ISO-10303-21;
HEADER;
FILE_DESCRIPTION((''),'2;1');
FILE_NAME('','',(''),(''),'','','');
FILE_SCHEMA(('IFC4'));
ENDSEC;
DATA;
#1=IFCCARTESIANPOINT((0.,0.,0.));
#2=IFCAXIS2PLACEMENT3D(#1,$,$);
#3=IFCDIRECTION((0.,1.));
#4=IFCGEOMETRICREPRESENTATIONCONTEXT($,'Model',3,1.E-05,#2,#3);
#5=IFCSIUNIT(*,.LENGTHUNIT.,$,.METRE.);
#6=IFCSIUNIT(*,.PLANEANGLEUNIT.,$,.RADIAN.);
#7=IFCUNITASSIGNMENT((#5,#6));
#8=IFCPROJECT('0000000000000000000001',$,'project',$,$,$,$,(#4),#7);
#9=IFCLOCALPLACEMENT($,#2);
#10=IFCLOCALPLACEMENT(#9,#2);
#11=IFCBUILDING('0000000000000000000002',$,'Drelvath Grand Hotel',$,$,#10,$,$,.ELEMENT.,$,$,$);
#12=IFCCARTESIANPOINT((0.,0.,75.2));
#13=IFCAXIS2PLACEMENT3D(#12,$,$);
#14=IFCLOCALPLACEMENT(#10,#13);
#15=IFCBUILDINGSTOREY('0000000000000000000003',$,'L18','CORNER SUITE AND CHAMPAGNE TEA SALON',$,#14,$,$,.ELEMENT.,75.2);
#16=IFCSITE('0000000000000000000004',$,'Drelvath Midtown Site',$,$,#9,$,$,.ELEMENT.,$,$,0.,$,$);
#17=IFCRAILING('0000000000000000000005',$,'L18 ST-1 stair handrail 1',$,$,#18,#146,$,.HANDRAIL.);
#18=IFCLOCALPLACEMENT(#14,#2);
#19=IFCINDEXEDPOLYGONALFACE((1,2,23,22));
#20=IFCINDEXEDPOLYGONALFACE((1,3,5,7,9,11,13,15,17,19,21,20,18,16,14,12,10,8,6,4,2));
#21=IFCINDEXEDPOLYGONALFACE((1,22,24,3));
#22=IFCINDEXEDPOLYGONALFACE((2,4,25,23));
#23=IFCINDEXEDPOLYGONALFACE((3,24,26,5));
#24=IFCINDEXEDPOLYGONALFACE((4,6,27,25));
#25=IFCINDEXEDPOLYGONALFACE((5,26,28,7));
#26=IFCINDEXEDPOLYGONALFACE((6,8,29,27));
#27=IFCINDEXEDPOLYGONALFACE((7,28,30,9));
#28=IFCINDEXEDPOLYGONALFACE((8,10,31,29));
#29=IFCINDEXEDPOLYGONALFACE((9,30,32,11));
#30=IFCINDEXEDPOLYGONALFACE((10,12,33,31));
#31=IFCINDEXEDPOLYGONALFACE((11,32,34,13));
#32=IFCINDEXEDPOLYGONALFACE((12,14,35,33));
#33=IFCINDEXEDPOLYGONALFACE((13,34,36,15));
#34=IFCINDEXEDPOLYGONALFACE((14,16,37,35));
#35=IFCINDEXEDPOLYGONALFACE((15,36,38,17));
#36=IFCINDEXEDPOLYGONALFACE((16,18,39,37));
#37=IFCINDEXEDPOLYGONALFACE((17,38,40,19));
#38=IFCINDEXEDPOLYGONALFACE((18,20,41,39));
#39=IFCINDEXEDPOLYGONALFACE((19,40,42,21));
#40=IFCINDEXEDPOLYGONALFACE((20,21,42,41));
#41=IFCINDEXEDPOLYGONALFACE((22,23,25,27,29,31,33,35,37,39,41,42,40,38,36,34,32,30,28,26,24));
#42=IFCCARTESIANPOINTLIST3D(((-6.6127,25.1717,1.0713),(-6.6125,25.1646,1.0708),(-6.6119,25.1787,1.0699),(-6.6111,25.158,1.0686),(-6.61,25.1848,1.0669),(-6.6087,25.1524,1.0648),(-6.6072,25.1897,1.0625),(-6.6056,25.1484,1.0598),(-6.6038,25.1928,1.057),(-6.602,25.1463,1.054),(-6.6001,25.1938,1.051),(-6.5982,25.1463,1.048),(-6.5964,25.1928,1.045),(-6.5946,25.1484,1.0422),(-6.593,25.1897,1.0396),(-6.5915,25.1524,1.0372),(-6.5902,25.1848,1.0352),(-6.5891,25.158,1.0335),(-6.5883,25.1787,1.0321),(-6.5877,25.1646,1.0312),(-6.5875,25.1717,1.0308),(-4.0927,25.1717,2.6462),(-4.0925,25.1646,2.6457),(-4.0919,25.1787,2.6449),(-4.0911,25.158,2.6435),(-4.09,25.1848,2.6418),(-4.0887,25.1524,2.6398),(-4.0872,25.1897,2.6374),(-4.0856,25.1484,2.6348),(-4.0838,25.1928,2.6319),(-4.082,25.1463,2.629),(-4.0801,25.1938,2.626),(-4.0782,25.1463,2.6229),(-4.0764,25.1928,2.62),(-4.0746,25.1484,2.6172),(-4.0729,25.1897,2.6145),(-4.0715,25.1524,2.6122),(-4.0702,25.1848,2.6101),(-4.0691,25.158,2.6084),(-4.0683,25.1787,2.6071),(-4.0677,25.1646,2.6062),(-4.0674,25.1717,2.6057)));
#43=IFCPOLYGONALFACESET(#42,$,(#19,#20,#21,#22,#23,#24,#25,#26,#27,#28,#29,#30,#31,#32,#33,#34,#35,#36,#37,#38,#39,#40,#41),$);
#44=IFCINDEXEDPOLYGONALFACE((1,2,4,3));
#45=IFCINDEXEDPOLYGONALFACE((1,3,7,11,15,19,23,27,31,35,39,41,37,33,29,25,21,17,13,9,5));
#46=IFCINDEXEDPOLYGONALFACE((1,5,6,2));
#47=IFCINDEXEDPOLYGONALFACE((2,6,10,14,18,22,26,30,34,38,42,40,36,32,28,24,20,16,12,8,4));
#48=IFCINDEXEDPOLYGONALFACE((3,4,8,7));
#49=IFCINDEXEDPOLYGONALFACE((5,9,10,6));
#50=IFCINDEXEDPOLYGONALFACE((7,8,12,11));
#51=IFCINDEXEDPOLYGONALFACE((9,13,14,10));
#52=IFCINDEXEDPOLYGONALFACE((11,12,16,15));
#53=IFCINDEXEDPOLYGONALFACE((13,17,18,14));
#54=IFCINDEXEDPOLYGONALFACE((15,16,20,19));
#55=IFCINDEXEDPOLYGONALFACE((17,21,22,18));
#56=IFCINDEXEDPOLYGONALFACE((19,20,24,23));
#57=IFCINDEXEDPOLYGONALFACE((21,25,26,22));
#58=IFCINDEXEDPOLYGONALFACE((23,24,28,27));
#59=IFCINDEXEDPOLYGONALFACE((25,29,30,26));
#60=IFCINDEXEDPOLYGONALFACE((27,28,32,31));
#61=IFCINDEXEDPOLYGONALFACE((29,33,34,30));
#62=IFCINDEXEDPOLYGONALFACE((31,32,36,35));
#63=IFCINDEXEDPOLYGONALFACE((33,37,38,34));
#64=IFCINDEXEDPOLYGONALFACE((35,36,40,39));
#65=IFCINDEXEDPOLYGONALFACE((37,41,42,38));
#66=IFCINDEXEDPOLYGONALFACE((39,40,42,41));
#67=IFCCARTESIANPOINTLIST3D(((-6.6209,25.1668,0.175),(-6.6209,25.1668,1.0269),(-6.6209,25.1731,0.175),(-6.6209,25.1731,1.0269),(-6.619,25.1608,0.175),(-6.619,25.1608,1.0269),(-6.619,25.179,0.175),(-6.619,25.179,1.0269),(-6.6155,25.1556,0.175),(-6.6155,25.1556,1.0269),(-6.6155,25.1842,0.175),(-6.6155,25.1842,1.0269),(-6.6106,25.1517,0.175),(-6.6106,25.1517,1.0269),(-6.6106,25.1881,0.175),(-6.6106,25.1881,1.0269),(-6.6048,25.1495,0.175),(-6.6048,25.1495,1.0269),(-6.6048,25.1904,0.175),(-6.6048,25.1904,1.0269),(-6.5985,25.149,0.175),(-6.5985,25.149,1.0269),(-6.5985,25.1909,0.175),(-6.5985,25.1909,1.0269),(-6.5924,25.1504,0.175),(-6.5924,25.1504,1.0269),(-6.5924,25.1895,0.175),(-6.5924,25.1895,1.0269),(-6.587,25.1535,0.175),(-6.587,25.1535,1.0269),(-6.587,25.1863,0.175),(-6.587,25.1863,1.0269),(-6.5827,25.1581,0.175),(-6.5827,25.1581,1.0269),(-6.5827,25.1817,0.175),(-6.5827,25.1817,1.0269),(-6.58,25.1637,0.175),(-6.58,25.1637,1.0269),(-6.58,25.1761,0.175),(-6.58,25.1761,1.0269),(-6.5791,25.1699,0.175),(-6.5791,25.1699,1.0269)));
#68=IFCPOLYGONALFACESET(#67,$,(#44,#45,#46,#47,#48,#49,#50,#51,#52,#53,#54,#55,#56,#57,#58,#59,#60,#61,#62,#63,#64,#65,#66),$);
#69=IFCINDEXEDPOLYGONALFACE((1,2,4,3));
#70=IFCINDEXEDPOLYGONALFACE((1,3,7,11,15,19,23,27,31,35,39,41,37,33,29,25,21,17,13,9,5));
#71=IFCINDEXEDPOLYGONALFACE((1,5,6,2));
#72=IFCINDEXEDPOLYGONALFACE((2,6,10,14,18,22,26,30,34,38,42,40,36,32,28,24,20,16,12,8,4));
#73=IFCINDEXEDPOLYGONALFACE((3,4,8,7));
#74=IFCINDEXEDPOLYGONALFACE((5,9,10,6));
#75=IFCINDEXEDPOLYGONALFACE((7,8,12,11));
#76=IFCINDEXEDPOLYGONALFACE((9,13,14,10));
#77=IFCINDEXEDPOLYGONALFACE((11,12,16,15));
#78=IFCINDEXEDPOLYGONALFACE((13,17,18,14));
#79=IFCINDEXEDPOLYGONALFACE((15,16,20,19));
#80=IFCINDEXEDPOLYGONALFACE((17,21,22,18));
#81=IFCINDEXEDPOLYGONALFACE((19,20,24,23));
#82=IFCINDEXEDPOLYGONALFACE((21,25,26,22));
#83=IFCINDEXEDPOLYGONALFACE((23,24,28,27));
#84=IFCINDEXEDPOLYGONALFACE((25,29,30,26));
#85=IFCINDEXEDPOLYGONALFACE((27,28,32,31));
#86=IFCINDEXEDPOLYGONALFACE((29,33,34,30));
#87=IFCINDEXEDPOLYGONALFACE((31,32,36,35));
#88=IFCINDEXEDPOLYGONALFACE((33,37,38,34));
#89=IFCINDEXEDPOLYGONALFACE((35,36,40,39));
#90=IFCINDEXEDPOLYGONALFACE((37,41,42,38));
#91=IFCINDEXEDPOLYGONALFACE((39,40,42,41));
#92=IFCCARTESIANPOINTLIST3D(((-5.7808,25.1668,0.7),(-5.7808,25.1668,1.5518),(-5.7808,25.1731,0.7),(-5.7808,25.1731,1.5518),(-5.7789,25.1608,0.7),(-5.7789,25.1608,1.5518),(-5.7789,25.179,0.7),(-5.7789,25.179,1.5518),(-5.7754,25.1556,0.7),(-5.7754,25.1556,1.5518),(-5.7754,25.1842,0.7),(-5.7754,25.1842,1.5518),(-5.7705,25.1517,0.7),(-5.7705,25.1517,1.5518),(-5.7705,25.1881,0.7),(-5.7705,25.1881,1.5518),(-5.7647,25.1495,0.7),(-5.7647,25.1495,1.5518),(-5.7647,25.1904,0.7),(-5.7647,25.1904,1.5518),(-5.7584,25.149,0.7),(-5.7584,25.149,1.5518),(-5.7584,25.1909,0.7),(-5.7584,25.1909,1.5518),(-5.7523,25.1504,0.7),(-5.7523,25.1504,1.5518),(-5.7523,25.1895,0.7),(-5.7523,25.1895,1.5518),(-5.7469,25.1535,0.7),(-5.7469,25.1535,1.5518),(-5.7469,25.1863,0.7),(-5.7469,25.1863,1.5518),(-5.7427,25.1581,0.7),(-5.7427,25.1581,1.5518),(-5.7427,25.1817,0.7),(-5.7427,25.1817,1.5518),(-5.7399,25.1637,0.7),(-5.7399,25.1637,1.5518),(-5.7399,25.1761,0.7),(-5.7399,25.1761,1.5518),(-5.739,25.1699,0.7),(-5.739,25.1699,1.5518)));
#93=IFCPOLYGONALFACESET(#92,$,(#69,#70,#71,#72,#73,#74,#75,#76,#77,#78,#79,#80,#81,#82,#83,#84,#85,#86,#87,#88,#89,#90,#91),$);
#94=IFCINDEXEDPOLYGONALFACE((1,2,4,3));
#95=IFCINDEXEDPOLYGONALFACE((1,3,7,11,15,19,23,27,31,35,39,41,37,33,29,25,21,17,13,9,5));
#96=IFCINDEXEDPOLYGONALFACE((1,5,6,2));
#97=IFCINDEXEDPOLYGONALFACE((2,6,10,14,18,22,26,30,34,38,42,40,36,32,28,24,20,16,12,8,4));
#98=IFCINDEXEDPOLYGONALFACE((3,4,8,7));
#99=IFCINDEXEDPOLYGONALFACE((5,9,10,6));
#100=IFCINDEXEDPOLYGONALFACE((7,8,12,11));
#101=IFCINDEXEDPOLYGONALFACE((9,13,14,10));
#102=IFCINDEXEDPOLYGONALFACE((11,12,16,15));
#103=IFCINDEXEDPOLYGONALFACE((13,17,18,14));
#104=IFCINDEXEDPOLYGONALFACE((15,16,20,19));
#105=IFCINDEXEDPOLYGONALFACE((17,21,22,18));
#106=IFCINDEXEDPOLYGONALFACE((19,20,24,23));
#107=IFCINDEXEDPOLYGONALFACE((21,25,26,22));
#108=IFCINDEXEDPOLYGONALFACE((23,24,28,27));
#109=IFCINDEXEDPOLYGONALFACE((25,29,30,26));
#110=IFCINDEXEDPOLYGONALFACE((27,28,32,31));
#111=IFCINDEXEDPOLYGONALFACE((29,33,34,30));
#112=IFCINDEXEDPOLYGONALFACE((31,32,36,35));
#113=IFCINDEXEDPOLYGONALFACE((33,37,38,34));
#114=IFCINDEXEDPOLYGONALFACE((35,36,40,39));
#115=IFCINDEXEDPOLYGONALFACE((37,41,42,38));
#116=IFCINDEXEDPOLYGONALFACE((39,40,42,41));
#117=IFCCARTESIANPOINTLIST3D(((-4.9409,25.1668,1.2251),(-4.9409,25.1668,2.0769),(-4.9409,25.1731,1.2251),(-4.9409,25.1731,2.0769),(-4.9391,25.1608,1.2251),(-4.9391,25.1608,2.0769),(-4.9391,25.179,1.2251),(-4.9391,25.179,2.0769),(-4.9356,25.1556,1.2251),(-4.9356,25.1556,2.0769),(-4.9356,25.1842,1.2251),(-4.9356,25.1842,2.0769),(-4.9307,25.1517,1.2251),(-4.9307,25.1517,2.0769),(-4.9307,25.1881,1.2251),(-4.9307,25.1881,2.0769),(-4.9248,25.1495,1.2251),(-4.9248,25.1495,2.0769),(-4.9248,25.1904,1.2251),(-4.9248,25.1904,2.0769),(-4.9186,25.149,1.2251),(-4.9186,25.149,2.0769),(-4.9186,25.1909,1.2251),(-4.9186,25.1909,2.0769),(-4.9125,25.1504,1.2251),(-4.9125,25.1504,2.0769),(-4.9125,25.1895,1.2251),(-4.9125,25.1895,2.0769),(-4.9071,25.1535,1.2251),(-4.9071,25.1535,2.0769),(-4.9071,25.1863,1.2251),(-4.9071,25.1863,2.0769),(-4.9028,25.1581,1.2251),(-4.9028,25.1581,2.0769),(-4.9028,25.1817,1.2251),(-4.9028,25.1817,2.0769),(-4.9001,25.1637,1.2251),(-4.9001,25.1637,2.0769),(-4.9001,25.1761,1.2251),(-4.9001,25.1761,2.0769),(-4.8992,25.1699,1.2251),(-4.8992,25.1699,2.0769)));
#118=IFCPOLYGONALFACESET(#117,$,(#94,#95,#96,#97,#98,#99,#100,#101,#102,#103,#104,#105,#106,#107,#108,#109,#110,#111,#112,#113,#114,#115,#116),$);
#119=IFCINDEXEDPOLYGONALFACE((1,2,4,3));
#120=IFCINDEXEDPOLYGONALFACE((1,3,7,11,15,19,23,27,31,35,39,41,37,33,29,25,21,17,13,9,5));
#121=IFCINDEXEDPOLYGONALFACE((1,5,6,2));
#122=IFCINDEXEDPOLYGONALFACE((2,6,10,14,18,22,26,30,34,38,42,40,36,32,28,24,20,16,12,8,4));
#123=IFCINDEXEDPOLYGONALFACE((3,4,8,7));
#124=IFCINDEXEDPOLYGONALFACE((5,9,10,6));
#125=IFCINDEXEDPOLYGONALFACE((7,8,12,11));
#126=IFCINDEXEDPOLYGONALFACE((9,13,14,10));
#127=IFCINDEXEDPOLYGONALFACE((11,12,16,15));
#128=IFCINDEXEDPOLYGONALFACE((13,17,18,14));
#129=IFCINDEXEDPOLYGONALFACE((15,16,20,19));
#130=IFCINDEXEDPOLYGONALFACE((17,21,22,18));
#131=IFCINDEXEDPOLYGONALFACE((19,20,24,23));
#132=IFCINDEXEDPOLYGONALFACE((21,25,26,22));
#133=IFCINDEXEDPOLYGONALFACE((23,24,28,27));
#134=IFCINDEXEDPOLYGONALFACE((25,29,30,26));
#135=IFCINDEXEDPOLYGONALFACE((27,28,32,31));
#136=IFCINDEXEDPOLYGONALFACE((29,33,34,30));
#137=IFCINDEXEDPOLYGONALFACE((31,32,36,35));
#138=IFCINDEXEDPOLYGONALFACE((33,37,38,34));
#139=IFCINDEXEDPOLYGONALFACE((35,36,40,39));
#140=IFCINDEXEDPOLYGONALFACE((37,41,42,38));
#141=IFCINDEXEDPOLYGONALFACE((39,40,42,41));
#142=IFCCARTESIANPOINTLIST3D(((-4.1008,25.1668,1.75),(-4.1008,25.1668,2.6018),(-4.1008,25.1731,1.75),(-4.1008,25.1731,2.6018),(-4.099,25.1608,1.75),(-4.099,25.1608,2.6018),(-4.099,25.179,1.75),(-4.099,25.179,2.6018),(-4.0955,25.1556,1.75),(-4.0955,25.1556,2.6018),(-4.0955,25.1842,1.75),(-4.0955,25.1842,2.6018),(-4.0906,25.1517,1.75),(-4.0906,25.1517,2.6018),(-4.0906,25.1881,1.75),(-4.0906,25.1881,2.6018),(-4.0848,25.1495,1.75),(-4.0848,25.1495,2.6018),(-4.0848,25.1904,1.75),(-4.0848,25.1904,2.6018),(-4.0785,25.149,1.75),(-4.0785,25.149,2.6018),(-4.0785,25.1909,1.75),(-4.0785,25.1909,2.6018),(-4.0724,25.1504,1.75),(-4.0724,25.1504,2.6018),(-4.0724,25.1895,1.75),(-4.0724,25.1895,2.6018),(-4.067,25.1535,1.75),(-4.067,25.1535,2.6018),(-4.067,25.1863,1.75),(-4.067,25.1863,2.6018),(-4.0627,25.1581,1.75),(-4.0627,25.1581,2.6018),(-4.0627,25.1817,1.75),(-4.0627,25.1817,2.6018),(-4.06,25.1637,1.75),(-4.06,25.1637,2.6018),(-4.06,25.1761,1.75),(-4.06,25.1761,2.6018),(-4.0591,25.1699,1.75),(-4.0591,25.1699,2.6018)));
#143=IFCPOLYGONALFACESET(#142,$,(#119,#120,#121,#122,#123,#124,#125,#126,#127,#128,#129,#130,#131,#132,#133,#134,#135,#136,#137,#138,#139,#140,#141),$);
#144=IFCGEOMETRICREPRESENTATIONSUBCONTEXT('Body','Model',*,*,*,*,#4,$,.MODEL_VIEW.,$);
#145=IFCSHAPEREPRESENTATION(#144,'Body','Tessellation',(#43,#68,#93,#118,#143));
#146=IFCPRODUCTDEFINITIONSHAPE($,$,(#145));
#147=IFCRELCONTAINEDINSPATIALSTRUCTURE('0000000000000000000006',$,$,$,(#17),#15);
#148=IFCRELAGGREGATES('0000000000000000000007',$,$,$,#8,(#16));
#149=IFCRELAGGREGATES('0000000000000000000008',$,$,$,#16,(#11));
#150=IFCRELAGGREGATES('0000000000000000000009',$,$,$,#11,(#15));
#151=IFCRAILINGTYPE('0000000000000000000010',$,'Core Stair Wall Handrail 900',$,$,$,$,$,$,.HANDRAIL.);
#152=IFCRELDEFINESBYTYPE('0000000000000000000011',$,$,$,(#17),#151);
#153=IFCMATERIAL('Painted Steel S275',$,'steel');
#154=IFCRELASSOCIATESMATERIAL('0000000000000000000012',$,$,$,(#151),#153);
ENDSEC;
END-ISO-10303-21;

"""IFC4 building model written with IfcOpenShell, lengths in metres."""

from ifc_helpers import new_model, si_unit, direction, frame, origin, origin_2d, place, context, subcontext, project, spatial, circle, extrude, material, type_object, element, save


model = new_model("IFC4")

# Units and contexts
model_context = context("Model", 3, precision=1e-05, world=origin(), true_north=direction((0.0, 1.0)))
body_context = subcontext(model_context, "Body", "Model", "MODEL_VIEW")
ifc_project = project(units=[si_unit("LENGTHUNIT", "METRE"), si_unit("PLANEANGLEUNIT", "RADIAN")], contexts=[model_context])

# Site, building, storey
site_placement = place(None, origin())
site = spatial("IfcSite", under=ifc_project, at=site_placement, Name="Drelvath Midtown Site", CompositionType="ELEMENT", RefElevation=0.0)
building_placement = place(site_placement, origin())
building = spatial("IfcBuilding", under=site, at=building_placement, Name="Drelvath Grand Hotel", CompositionType="ELEMENT")
storey_placement = place(building_placement, frame((0.0, 0.0, 75.2)))
storey = spatial("IfcBuildingStorey", under=building, at=storey_placement, Name="L18", Description="CORNER SUITE AND CHAMPAGNE TEA SALON", CompositionType="ELEMENT", Elevation=75.2)

# Shared definitions
ifc_material_1 = material(Name="Painted Steel S275", Category="steel")

# Railing
railing_type_1 = type_object("IfcRailingType", Name="Core Stair Wall Handrail 900", PredefinedType="HANDRAIL", material=ifc_material_1)
railing_1_placement = place(storey_placement, frame((-6.6001, 25.1699, 0.175)))
element("IfcRailing", 1, at=railing_1_placement, inside=storey, type_object=railing_type_1, Name="L18 ST-1 stair handrail 1", PredefinedType="HANDRAIL", context=body_context, shape_type="SweptSolid", body=[
    extrude(circle(Radius=0.0239, at=origin_2d()), frame((0.0, 0.0, 0.876), z_axis=(0.848008, 0.0, 0.529984), x_axis=(0.0, 1.0, 0.0)), (0.0, 0.0, 1.0), 2.9717),
    extrude(circle(Radius=0.021, at=origin_2d()), origin(), (0.0, 0.0, 1.0), 0.8518),
    extrude(circle(Radius=0.021, at=origin_2d()), frame((0.8401, 0.0, 0.5249)), (0.0, 0.0, 1.0), 0.8518),
    extrude(circle(Radius=0.021, at=origin_2d()), frame((1.6799, 0.0, 1.05)), (0.0, 0.0, 1.0), 0.8518),
    extrude(circle(Radius=0.021, at=origin_2d()), frame((2.52, 0.0, 1.575)), (0.0, 0.0, 1.0), 0.8518),
])

save(model, "model.ifc")
